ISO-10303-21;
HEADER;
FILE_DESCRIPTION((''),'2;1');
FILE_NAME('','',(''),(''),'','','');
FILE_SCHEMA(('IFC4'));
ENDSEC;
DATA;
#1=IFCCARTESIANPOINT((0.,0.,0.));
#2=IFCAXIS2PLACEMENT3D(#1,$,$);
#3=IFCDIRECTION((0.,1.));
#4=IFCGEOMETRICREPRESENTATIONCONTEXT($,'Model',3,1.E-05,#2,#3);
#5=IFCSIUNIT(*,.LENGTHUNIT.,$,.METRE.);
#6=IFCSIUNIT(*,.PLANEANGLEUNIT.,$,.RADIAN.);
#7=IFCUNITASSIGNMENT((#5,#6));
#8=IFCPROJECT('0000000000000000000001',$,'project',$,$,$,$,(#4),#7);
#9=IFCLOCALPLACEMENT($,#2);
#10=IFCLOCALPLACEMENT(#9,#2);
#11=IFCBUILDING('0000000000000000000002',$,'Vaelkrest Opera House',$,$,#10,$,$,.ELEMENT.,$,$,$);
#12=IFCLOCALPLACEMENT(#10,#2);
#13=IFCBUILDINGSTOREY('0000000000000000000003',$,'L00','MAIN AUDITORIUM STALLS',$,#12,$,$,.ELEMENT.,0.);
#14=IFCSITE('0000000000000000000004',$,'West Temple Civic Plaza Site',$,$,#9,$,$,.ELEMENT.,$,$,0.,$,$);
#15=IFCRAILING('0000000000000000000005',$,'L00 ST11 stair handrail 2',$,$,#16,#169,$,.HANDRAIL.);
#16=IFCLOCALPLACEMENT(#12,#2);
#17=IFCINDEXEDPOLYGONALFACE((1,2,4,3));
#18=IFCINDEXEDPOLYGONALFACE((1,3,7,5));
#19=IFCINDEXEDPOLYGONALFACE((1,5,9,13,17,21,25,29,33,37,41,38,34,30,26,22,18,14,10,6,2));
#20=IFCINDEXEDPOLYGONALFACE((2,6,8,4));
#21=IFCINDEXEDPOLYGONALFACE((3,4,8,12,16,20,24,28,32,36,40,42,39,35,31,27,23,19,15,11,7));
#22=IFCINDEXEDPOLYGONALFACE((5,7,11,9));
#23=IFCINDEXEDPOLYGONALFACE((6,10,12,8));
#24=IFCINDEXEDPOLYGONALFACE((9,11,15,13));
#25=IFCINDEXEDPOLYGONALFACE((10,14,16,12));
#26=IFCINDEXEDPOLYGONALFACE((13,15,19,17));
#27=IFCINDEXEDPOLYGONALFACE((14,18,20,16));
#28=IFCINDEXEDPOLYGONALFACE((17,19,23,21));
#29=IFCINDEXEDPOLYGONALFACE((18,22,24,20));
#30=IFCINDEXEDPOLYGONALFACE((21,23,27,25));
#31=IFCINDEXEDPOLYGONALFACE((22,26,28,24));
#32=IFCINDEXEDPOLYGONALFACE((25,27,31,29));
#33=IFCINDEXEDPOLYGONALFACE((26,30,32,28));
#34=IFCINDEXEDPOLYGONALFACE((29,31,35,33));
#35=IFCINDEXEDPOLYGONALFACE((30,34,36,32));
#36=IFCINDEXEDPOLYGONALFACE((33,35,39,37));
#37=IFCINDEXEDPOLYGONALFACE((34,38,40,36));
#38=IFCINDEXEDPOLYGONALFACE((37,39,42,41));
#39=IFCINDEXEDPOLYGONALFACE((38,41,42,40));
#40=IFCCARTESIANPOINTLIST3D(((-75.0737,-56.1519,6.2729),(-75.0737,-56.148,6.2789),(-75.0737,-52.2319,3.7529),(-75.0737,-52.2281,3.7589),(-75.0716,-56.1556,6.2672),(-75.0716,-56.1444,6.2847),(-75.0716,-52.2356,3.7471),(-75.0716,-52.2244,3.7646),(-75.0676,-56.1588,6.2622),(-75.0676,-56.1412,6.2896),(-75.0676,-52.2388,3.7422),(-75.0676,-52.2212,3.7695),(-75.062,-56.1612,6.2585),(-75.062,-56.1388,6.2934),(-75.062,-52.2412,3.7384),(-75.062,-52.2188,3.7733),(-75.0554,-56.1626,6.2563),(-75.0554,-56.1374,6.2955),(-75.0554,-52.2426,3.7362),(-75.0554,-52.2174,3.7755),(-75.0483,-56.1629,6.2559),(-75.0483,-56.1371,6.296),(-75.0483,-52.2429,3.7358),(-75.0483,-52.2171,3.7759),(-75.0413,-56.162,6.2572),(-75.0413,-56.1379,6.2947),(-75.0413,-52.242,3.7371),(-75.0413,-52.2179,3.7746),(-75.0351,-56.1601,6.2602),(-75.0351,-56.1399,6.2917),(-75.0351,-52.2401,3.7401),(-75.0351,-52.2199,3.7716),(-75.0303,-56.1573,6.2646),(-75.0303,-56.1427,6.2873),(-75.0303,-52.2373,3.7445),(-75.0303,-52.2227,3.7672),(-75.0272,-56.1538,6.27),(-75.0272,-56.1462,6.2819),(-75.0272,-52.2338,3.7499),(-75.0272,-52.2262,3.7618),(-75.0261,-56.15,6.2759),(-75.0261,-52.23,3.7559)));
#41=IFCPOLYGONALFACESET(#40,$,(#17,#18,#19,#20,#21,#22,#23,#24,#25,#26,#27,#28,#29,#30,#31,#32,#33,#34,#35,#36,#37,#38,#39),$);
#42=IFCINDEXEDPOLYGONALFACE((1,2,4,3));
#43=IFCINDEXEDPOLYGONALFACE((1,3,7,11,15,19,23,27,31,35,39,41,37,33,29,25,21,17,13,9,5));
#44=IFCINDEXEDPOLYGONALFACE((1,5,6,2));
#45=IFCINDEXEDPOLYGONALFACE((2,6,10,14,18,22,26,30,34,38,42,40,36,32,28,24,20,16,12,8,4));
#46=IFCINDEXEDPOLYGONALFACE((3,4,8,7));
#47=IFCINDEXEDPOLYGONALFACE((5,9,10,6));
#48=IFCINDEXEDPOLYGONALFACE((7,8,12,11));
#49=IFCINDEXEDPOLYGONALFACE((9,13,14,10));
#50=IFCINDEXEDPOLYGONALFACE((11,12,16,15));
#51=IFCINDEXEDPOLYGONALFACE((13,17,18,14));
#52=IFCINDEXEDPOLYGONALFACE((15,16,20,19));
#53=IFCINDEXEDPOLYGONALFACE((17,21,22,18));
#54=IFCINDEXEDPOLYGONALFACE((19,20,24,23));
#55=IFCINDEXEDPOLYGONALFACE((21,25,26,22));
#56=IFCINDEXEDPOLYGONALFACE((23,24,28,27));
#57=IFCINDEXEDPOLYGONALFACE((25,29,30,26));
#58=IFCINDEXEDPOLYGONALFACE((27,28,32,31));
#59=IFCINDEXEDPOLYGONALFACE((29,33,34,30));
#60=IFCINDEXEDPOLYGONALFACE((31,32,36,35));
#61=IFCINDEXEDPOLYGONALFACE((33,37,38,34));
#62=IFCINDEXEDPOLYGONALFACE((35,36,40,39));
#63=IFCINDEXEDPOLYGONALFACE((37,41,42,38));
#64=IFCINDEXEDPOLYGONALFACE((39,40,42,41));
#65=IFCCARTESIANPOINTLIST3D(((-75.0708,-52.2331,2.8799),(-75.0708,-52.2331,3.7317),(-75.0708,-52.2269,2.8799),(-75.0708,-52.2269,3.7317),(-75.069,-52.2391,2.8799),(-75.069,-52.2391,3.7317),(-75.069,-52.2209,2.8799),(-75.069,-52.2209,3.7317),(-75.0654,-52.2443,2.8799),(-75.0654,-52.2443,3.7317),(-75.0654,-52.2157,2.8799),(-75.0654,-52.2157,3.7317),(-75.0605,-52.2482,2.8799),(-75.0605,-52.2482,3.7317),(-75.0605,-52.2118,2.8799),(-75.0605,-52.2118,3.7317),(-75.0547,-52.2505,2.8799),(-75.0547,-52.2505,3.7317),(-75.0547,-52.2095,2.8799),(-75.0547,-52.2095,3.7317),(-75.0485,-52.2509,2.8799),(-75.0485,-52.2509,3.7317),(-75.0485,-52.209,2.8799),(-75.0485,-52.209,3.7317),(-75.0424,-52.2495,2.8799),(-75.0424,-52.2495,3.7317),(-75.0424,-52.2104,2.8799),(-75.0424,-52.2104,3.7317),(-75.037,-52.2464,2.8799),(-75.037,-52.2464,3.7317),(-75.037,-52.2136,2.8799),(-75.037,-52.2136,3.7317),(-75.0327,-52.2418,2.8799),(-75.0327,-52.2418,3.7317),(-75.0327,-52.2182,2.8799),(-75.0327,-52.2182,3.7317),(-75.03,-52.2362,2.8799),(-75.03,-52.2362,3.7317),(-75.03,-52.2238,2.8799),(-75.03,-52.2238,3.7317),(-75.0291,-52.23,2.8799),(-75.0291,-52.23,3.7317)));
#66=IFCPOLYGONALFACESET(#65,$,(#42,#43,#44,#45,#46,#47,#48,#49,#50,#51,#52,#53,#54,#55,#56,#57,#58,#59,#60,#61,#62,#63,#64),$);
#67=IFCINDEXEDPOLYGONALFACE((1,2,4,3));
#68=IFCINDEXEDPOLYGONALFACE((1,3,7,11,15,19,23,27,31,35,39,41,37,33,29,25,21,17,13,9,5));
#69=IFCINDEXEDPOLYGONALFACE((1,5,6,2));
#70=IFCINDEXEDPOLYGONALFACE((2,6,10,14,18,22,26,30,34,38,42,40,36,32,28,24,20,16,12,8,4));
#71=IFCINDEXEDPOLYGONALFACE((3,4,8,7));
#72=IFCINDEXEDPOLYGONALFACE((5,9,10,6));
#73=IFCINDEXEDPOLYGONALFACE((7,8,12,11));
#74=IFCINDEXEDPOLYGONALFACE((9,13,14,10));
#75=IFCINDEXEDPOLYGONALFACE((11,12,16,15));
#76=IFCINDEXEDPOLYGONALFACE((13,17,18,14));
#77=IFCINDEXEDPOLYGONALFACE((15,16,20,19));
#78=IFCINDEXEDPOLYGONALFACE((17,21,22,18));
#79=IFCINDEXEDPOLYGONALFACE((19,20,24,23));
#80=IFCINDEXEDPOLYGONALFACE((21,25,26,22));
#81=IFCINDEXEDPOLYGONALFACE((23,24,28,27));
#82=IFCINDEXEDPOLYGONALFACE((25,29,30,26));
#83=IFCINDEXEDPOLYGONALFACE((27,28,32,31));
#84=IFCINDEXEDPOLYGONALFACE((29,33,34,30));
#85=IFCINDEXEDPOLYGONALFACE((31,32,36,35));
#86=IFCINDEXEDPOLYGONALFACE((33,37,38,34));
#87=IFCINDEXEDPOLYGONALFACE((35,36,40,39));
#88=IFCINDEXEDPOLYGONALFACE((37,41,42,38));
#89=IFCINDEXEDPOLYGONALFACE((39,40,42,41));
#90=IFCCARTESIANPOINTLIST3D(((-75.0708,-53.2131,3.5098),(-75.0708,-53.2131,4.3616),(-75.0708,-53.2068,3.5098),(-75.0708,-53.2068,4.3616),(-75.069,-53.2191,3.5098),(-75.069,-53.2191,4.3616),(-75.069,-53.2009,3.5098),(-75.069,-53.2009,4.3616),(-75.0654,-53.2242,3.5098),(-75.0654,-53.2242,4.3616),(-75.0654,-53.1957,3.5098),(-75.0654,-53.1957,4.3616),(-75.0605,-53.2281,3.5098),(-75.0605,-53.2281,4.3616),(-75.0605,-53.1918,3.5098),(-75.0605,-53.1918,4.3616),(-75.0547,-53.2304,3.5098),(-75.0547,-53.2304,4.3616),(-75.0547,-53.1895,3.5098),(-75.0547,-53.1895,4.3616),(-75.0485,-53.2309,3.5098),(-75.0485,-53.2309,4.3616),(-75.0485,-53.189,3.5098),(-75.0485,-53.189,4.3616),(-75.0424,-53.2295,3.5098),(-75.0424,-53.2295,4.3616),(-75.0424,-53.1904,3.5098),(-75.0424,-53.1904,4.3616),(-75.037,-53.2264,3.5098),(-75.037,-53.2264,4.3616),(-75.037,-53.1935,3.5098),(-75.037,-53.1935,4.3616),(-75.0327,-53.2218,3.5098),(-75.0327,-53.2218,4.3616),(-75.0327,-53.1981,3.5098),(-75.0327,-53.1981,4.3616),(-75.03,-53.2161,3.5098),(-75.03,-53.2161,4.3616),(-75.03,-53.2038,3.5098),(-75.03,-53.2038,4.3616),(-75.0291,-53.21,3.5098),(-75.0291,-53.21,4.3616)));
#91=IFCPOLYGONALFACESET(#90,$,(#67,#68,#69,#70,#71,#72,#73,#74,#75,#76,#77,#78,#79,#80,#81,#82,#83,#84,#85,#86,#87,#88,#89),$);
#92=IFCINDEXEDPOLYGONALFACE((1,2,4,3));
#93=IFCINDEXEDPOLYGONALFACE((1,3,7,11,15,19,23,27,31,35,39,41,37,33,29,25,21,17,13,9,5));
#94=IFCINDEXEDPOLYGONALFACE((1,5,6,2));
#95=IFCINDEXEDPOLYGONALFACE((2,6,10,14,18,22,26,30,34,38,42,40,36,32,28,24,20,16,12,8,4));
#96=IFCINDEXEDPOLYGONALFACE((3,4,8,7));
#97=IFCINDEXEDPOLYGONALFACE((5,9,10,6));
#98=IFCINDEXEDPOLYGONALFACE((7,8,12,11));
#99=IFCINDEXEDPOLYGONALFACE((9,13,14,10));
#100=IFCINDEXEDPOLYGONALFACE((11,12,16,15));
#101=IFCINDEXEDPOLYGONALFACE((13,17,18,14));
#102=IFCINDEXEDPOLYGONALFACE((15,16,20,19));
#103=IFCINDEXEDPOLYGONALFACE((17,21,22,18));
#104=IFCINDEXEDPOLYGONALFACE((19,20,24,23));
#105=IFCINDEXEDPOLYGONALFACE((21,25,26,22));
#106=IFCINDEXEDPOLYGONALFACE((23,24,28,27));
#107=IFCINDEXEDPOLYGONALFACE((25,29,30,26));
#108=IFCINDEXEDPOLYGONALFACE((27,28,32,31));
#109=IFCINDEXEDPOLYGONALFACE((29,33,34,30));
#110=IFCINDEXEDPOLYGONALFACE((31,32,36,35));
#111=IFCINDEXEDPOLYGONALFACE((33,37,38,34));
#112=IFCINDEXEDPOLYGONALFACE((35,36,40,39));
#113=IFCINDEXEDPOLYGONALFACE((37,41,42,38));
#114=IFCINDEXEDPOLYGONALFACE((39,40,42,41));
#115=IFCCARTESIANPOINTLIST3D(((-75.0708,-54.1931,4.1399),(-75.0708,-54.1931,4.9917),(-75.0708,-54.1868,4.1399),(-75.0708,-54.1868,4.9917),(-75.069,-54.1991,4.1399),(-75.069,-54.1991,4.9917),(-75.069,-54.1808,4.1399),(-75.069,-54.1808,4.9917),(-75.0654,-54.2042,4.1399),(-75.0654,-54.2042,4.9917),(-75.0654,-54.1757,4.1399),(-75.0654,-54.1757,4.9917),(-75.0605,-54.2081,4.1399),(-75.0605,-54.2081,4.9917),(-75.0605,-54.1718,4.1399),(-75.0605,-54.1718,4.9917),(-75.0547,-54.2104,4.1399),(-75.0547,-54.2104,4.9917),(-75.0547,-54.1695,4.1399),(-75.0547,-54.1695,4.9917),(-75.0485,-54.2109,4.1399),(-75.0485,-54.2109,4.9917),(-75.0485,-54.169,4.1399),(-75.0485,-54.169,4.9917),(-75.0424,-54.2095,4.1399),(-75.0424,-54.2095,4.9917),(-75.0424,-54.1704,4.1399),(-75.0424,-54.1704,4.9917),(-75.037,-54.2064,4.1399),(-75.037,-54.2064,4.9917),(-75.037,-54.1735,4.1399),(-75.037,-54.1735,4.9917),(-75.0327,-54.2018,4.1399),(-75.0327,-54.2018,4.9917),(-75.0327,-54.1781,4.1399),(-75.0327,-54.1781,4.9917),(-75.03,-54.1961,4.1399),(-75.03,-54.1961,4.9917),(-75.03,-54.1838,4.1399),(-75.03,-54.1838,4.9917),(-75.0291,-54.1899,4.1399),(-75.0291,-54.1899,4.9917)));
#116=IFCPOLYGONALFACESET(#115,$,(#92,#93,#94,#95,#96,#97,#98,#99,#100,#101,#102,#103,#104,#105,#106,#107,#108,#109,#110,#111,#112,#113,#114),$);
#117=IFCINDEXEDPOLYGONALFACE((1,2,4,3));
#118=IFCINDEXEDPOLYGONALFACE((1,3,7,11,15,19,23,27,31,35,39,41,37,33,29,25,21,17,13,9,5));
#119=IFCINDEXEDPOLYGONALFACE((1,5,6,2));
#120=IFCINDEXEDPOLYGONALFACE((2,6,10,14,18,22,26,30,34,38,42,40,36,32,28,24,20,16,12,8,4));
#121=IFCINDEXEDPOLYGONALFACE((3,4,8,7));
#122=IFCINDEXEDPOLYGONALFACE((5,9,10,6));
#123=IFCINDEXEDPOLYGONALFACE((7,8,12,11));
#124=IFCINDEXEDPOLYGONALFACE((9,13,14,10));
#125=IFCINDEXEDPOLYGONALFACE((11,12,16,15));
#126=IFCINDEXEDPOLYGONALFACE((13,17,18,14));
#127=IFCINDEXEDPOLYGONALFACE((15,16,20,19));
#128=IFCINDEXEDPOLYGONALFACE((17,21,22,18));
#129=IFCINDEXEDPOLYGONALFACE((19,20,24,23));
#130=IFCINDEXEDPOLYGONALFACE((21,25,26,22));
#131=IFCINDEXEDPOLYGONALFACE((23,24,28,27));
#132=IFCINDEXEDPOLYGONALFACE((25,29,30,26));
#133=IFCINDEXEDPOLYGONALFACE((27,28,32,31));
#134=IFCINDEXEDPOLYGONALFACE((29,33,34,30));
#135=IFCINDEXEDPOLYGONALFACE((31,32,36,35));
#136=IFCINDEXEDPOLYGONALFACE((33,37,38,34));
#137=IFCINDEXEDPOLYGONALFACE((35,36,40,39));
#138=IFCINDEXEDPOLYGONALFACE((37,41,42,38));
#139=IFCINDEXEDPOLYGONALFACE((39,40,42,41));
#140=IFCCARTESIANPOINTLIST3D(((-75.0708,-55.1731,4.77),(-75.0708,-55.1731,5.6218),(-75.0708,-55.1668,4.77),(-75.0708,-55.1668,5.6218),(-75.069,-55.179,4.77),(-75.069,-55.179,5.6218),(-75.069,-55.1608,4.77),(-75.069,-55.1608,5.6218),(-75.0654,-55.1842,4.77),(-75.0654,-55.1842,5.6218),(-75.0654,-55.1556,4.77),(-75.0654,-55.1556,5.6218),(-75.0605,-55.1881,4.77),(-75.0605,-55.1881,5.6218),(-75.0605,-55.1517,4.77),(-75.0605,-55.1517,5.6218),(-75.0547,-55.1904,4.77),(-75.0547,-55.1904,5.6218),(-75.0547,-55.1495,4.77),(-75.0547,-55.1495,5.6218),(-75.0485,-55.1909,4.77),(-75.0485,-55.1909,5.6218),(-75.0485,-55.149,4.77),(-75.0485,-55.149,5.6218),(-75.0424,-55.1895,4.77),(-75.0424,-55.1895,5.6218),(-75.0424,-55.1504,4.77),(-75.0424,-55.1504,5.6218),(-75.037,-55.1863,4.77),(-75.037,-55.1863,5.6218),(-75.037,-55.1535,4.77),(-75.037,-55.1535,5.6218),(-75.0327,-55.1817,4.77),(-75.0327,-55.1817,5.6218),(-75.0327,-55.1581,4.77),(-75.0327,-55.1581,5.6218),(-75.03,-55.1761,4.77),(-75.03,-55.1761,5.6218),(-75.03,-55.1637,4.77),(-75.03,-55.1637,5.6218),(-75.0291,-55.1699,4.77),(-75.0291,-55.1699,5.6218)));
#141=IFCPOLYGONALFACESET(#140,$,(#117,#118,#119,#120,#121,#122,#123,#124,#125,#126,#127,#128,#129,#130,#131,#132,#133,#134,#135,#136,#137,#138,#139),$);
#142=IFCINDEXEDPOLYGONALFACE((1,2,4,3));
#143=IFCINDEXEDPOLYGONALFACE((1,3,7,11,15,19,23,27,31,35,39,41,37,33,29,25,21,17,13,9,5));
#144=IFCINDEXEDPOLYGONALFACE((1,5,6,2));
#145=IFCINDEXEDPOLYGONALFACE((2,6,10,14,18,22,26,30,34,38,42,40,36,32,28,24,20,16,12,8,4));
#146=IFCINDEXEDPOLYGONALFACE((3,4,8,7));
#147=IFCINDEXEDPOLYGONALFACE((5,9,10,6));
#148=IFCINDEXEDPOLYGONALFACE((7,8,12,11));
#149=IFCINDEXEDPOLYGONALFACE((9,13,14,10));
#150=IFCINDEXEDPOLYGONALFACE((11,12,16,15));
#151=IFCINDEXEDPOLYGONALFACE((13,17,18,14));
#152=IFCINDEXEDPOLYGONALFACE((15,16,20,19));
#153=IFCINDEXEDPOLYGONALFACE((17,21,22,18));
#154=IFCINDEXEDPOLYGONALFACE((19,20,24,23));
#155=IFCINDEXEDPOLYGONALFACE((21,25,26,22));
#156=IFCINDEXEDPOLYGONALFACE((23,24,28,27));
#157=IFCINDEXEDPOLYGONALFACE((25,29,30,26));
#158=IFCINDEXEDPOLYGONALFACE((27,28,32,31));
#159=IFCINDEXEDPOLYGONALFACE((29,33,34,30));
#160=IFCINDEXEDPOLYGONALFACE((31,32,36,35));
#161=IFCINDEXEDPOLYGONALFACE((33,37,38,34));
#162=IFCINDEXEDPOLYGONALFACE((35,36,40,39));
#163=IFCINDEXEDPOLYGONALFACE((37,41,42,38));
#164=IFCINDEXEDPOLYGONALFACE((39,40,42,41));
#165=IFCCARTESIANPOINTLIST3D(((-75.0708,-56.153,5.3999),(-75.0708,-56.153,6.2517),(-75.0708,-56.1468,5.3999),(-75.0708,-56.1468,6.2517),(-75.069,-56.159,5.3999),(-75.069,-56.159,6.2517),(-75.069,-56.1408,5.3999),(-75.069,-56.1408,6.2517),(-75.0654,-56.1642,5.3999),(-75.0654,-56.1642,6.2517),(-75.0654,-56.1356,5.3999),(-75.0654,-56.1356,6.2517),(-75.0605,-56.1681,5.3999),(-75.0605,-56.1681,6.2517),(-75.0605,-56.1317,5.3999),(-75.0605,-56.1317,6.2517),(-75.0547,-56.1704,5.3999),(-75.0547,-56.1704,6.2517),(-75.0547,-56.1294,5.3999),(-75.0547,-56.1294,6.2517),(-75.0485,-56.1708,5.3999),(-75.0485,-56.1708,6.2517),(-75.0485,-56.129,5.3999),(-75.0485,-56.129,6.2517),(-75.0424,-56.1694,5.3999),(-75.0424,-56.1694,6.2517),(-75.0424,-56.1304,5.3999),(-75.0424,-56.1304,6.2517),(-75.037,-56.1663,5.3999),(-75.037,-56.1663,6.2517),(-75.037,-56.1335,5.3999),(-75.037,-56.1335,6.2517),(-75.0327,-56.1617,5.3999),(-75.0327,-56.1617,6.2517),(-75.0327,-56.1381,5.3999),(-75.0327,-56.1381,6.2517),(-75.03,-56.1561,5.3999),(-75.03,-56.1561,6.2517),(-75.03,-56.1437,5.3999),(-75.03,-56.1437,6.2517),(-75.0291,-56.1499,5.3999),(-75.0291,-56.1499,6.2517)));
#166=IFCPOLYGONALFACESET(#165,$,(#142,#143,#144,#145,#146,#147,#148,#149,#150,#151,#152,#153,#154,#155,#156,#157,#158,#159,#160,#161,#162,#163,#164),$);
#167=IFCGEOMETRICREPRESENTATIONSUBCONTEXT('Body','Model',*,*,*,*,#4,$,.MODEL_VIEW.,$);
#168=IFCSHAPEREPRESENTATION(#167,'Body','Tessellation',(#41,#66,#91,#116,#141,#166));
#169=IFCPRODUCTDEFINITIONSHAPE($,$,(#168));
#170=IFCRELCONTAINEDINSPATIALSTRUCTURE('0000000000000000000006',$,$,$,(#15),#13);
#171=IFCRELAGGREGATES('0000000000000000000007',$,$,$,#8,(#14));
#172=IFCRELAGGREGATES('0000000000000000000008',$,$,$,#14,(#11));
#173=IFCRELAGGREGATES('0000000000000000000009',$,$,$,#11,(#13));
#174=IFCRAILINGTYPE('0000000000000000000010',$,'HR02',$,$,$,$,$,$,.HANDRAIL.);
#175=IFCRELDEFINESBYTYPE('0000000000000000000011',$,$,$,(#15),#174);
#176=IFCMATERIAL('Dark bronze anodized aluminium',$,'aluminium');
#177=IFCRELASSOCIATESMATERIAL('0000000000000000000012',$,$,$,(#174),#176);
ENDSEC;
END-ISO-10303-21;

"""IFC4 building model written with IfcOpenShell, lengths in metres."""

from ifc_helpers import new_model, si_unit, direction, frame, origin, origin_2d, place, context, subcontext, project, spatial, circle, extrude, material, type_object, element, save


model = new_model("IFC4")

# Units and contexts
model_context = context("Model", 3, precision=1e-05, world=origin(), true_north=direction((0.0, 1.0)))
body_context = subcontext(model_context, "Body", "Model", "MODEL_VIEW")
ifc_project = project(units=[si_unit("LENGTHUNIT", "METRE"), si_unit("PLANEANGLEUNIT", "RADIAN")], contexts=[model_context])

# Site, building, storey
site_placement = place(None, origin())
site = spatial("IfcSite", under=ifc_project, at=site_placement, Name="West Temple Civic Plaza Site", CompositionType="ELEMENT", RefElevation=0.0)
building_placement = place(site_placement, origin())
building = spatial("IfcBuilding", under=site, at=building_placement, Name="Vaelkrest Opera House", CompositionType="ELEMENT")
storey_placement = place(building_placement, origin())
storey = spatial("IfcBuildingStorey", under=building, at=storey_placement, Name="L00", Description="MAIN AUDITORIUM STALLS", CompositionType="ELEMENT", Elevation=0.0)

# Shared definitions
ifc_material_1 = material(Name="Dark bronze anodized aluminium", Category="aluminium")

# Railing
railing_type_1 = type_object("IfcRailingType", Name="HR02", PredefinedType="HANDRAIL", material=ifc_material_1)
railing_1_placement = place(storey_placement, frame((-75.05, -52.23, 2.8799)))
element("IfcRailing", 1, at=railing_1_placement, inside=storey, type_object=railing_type_1, Name="L00 ST11 stair handrail 2", PredefinedType="HANDRAIL", context=body_context, shape_type="SweptSolid", body=[
    extrude(circle(Radius=0.0239, at=origin_2d()), frame((0.0, 0.0, 0.876), z_axis=(0.0, -0.841172, 0.540768), x_axis=(1.0, 0.0, 0.0)), (0.0, 0.0, 1.0), 4.6602),
    extrude(circle(Radius=0.021, at=origin_2d()), origin(), (0.0, 0.0, 1.0), 0.8518),
    extrude(circle(Radius=0.021, at=origin_2d()), frame((0.0, -0.98, 0.6299)), (0.0, 0.0, 1.0), 0.8518),
    extrude(circle(Radius=0.021, at=origin_2d()), frame((0.0, -1.96, 1.26)), (0.0, 0.0, 1.0), 0.8518),
    extrude(circle(Radius=0.021, at=origin_2d()), frame((0.0, -2.9399, 1.8901)), (0.0, 0.0, 1.0), 0.8518),
    extrude(circle(Radius=0.021, at=origin_2d()), frame((0.0, -3.9199, 2.52)), (0.0, 0.0, 1.0), 0.8518),
])

save(model, "model.ifc")
